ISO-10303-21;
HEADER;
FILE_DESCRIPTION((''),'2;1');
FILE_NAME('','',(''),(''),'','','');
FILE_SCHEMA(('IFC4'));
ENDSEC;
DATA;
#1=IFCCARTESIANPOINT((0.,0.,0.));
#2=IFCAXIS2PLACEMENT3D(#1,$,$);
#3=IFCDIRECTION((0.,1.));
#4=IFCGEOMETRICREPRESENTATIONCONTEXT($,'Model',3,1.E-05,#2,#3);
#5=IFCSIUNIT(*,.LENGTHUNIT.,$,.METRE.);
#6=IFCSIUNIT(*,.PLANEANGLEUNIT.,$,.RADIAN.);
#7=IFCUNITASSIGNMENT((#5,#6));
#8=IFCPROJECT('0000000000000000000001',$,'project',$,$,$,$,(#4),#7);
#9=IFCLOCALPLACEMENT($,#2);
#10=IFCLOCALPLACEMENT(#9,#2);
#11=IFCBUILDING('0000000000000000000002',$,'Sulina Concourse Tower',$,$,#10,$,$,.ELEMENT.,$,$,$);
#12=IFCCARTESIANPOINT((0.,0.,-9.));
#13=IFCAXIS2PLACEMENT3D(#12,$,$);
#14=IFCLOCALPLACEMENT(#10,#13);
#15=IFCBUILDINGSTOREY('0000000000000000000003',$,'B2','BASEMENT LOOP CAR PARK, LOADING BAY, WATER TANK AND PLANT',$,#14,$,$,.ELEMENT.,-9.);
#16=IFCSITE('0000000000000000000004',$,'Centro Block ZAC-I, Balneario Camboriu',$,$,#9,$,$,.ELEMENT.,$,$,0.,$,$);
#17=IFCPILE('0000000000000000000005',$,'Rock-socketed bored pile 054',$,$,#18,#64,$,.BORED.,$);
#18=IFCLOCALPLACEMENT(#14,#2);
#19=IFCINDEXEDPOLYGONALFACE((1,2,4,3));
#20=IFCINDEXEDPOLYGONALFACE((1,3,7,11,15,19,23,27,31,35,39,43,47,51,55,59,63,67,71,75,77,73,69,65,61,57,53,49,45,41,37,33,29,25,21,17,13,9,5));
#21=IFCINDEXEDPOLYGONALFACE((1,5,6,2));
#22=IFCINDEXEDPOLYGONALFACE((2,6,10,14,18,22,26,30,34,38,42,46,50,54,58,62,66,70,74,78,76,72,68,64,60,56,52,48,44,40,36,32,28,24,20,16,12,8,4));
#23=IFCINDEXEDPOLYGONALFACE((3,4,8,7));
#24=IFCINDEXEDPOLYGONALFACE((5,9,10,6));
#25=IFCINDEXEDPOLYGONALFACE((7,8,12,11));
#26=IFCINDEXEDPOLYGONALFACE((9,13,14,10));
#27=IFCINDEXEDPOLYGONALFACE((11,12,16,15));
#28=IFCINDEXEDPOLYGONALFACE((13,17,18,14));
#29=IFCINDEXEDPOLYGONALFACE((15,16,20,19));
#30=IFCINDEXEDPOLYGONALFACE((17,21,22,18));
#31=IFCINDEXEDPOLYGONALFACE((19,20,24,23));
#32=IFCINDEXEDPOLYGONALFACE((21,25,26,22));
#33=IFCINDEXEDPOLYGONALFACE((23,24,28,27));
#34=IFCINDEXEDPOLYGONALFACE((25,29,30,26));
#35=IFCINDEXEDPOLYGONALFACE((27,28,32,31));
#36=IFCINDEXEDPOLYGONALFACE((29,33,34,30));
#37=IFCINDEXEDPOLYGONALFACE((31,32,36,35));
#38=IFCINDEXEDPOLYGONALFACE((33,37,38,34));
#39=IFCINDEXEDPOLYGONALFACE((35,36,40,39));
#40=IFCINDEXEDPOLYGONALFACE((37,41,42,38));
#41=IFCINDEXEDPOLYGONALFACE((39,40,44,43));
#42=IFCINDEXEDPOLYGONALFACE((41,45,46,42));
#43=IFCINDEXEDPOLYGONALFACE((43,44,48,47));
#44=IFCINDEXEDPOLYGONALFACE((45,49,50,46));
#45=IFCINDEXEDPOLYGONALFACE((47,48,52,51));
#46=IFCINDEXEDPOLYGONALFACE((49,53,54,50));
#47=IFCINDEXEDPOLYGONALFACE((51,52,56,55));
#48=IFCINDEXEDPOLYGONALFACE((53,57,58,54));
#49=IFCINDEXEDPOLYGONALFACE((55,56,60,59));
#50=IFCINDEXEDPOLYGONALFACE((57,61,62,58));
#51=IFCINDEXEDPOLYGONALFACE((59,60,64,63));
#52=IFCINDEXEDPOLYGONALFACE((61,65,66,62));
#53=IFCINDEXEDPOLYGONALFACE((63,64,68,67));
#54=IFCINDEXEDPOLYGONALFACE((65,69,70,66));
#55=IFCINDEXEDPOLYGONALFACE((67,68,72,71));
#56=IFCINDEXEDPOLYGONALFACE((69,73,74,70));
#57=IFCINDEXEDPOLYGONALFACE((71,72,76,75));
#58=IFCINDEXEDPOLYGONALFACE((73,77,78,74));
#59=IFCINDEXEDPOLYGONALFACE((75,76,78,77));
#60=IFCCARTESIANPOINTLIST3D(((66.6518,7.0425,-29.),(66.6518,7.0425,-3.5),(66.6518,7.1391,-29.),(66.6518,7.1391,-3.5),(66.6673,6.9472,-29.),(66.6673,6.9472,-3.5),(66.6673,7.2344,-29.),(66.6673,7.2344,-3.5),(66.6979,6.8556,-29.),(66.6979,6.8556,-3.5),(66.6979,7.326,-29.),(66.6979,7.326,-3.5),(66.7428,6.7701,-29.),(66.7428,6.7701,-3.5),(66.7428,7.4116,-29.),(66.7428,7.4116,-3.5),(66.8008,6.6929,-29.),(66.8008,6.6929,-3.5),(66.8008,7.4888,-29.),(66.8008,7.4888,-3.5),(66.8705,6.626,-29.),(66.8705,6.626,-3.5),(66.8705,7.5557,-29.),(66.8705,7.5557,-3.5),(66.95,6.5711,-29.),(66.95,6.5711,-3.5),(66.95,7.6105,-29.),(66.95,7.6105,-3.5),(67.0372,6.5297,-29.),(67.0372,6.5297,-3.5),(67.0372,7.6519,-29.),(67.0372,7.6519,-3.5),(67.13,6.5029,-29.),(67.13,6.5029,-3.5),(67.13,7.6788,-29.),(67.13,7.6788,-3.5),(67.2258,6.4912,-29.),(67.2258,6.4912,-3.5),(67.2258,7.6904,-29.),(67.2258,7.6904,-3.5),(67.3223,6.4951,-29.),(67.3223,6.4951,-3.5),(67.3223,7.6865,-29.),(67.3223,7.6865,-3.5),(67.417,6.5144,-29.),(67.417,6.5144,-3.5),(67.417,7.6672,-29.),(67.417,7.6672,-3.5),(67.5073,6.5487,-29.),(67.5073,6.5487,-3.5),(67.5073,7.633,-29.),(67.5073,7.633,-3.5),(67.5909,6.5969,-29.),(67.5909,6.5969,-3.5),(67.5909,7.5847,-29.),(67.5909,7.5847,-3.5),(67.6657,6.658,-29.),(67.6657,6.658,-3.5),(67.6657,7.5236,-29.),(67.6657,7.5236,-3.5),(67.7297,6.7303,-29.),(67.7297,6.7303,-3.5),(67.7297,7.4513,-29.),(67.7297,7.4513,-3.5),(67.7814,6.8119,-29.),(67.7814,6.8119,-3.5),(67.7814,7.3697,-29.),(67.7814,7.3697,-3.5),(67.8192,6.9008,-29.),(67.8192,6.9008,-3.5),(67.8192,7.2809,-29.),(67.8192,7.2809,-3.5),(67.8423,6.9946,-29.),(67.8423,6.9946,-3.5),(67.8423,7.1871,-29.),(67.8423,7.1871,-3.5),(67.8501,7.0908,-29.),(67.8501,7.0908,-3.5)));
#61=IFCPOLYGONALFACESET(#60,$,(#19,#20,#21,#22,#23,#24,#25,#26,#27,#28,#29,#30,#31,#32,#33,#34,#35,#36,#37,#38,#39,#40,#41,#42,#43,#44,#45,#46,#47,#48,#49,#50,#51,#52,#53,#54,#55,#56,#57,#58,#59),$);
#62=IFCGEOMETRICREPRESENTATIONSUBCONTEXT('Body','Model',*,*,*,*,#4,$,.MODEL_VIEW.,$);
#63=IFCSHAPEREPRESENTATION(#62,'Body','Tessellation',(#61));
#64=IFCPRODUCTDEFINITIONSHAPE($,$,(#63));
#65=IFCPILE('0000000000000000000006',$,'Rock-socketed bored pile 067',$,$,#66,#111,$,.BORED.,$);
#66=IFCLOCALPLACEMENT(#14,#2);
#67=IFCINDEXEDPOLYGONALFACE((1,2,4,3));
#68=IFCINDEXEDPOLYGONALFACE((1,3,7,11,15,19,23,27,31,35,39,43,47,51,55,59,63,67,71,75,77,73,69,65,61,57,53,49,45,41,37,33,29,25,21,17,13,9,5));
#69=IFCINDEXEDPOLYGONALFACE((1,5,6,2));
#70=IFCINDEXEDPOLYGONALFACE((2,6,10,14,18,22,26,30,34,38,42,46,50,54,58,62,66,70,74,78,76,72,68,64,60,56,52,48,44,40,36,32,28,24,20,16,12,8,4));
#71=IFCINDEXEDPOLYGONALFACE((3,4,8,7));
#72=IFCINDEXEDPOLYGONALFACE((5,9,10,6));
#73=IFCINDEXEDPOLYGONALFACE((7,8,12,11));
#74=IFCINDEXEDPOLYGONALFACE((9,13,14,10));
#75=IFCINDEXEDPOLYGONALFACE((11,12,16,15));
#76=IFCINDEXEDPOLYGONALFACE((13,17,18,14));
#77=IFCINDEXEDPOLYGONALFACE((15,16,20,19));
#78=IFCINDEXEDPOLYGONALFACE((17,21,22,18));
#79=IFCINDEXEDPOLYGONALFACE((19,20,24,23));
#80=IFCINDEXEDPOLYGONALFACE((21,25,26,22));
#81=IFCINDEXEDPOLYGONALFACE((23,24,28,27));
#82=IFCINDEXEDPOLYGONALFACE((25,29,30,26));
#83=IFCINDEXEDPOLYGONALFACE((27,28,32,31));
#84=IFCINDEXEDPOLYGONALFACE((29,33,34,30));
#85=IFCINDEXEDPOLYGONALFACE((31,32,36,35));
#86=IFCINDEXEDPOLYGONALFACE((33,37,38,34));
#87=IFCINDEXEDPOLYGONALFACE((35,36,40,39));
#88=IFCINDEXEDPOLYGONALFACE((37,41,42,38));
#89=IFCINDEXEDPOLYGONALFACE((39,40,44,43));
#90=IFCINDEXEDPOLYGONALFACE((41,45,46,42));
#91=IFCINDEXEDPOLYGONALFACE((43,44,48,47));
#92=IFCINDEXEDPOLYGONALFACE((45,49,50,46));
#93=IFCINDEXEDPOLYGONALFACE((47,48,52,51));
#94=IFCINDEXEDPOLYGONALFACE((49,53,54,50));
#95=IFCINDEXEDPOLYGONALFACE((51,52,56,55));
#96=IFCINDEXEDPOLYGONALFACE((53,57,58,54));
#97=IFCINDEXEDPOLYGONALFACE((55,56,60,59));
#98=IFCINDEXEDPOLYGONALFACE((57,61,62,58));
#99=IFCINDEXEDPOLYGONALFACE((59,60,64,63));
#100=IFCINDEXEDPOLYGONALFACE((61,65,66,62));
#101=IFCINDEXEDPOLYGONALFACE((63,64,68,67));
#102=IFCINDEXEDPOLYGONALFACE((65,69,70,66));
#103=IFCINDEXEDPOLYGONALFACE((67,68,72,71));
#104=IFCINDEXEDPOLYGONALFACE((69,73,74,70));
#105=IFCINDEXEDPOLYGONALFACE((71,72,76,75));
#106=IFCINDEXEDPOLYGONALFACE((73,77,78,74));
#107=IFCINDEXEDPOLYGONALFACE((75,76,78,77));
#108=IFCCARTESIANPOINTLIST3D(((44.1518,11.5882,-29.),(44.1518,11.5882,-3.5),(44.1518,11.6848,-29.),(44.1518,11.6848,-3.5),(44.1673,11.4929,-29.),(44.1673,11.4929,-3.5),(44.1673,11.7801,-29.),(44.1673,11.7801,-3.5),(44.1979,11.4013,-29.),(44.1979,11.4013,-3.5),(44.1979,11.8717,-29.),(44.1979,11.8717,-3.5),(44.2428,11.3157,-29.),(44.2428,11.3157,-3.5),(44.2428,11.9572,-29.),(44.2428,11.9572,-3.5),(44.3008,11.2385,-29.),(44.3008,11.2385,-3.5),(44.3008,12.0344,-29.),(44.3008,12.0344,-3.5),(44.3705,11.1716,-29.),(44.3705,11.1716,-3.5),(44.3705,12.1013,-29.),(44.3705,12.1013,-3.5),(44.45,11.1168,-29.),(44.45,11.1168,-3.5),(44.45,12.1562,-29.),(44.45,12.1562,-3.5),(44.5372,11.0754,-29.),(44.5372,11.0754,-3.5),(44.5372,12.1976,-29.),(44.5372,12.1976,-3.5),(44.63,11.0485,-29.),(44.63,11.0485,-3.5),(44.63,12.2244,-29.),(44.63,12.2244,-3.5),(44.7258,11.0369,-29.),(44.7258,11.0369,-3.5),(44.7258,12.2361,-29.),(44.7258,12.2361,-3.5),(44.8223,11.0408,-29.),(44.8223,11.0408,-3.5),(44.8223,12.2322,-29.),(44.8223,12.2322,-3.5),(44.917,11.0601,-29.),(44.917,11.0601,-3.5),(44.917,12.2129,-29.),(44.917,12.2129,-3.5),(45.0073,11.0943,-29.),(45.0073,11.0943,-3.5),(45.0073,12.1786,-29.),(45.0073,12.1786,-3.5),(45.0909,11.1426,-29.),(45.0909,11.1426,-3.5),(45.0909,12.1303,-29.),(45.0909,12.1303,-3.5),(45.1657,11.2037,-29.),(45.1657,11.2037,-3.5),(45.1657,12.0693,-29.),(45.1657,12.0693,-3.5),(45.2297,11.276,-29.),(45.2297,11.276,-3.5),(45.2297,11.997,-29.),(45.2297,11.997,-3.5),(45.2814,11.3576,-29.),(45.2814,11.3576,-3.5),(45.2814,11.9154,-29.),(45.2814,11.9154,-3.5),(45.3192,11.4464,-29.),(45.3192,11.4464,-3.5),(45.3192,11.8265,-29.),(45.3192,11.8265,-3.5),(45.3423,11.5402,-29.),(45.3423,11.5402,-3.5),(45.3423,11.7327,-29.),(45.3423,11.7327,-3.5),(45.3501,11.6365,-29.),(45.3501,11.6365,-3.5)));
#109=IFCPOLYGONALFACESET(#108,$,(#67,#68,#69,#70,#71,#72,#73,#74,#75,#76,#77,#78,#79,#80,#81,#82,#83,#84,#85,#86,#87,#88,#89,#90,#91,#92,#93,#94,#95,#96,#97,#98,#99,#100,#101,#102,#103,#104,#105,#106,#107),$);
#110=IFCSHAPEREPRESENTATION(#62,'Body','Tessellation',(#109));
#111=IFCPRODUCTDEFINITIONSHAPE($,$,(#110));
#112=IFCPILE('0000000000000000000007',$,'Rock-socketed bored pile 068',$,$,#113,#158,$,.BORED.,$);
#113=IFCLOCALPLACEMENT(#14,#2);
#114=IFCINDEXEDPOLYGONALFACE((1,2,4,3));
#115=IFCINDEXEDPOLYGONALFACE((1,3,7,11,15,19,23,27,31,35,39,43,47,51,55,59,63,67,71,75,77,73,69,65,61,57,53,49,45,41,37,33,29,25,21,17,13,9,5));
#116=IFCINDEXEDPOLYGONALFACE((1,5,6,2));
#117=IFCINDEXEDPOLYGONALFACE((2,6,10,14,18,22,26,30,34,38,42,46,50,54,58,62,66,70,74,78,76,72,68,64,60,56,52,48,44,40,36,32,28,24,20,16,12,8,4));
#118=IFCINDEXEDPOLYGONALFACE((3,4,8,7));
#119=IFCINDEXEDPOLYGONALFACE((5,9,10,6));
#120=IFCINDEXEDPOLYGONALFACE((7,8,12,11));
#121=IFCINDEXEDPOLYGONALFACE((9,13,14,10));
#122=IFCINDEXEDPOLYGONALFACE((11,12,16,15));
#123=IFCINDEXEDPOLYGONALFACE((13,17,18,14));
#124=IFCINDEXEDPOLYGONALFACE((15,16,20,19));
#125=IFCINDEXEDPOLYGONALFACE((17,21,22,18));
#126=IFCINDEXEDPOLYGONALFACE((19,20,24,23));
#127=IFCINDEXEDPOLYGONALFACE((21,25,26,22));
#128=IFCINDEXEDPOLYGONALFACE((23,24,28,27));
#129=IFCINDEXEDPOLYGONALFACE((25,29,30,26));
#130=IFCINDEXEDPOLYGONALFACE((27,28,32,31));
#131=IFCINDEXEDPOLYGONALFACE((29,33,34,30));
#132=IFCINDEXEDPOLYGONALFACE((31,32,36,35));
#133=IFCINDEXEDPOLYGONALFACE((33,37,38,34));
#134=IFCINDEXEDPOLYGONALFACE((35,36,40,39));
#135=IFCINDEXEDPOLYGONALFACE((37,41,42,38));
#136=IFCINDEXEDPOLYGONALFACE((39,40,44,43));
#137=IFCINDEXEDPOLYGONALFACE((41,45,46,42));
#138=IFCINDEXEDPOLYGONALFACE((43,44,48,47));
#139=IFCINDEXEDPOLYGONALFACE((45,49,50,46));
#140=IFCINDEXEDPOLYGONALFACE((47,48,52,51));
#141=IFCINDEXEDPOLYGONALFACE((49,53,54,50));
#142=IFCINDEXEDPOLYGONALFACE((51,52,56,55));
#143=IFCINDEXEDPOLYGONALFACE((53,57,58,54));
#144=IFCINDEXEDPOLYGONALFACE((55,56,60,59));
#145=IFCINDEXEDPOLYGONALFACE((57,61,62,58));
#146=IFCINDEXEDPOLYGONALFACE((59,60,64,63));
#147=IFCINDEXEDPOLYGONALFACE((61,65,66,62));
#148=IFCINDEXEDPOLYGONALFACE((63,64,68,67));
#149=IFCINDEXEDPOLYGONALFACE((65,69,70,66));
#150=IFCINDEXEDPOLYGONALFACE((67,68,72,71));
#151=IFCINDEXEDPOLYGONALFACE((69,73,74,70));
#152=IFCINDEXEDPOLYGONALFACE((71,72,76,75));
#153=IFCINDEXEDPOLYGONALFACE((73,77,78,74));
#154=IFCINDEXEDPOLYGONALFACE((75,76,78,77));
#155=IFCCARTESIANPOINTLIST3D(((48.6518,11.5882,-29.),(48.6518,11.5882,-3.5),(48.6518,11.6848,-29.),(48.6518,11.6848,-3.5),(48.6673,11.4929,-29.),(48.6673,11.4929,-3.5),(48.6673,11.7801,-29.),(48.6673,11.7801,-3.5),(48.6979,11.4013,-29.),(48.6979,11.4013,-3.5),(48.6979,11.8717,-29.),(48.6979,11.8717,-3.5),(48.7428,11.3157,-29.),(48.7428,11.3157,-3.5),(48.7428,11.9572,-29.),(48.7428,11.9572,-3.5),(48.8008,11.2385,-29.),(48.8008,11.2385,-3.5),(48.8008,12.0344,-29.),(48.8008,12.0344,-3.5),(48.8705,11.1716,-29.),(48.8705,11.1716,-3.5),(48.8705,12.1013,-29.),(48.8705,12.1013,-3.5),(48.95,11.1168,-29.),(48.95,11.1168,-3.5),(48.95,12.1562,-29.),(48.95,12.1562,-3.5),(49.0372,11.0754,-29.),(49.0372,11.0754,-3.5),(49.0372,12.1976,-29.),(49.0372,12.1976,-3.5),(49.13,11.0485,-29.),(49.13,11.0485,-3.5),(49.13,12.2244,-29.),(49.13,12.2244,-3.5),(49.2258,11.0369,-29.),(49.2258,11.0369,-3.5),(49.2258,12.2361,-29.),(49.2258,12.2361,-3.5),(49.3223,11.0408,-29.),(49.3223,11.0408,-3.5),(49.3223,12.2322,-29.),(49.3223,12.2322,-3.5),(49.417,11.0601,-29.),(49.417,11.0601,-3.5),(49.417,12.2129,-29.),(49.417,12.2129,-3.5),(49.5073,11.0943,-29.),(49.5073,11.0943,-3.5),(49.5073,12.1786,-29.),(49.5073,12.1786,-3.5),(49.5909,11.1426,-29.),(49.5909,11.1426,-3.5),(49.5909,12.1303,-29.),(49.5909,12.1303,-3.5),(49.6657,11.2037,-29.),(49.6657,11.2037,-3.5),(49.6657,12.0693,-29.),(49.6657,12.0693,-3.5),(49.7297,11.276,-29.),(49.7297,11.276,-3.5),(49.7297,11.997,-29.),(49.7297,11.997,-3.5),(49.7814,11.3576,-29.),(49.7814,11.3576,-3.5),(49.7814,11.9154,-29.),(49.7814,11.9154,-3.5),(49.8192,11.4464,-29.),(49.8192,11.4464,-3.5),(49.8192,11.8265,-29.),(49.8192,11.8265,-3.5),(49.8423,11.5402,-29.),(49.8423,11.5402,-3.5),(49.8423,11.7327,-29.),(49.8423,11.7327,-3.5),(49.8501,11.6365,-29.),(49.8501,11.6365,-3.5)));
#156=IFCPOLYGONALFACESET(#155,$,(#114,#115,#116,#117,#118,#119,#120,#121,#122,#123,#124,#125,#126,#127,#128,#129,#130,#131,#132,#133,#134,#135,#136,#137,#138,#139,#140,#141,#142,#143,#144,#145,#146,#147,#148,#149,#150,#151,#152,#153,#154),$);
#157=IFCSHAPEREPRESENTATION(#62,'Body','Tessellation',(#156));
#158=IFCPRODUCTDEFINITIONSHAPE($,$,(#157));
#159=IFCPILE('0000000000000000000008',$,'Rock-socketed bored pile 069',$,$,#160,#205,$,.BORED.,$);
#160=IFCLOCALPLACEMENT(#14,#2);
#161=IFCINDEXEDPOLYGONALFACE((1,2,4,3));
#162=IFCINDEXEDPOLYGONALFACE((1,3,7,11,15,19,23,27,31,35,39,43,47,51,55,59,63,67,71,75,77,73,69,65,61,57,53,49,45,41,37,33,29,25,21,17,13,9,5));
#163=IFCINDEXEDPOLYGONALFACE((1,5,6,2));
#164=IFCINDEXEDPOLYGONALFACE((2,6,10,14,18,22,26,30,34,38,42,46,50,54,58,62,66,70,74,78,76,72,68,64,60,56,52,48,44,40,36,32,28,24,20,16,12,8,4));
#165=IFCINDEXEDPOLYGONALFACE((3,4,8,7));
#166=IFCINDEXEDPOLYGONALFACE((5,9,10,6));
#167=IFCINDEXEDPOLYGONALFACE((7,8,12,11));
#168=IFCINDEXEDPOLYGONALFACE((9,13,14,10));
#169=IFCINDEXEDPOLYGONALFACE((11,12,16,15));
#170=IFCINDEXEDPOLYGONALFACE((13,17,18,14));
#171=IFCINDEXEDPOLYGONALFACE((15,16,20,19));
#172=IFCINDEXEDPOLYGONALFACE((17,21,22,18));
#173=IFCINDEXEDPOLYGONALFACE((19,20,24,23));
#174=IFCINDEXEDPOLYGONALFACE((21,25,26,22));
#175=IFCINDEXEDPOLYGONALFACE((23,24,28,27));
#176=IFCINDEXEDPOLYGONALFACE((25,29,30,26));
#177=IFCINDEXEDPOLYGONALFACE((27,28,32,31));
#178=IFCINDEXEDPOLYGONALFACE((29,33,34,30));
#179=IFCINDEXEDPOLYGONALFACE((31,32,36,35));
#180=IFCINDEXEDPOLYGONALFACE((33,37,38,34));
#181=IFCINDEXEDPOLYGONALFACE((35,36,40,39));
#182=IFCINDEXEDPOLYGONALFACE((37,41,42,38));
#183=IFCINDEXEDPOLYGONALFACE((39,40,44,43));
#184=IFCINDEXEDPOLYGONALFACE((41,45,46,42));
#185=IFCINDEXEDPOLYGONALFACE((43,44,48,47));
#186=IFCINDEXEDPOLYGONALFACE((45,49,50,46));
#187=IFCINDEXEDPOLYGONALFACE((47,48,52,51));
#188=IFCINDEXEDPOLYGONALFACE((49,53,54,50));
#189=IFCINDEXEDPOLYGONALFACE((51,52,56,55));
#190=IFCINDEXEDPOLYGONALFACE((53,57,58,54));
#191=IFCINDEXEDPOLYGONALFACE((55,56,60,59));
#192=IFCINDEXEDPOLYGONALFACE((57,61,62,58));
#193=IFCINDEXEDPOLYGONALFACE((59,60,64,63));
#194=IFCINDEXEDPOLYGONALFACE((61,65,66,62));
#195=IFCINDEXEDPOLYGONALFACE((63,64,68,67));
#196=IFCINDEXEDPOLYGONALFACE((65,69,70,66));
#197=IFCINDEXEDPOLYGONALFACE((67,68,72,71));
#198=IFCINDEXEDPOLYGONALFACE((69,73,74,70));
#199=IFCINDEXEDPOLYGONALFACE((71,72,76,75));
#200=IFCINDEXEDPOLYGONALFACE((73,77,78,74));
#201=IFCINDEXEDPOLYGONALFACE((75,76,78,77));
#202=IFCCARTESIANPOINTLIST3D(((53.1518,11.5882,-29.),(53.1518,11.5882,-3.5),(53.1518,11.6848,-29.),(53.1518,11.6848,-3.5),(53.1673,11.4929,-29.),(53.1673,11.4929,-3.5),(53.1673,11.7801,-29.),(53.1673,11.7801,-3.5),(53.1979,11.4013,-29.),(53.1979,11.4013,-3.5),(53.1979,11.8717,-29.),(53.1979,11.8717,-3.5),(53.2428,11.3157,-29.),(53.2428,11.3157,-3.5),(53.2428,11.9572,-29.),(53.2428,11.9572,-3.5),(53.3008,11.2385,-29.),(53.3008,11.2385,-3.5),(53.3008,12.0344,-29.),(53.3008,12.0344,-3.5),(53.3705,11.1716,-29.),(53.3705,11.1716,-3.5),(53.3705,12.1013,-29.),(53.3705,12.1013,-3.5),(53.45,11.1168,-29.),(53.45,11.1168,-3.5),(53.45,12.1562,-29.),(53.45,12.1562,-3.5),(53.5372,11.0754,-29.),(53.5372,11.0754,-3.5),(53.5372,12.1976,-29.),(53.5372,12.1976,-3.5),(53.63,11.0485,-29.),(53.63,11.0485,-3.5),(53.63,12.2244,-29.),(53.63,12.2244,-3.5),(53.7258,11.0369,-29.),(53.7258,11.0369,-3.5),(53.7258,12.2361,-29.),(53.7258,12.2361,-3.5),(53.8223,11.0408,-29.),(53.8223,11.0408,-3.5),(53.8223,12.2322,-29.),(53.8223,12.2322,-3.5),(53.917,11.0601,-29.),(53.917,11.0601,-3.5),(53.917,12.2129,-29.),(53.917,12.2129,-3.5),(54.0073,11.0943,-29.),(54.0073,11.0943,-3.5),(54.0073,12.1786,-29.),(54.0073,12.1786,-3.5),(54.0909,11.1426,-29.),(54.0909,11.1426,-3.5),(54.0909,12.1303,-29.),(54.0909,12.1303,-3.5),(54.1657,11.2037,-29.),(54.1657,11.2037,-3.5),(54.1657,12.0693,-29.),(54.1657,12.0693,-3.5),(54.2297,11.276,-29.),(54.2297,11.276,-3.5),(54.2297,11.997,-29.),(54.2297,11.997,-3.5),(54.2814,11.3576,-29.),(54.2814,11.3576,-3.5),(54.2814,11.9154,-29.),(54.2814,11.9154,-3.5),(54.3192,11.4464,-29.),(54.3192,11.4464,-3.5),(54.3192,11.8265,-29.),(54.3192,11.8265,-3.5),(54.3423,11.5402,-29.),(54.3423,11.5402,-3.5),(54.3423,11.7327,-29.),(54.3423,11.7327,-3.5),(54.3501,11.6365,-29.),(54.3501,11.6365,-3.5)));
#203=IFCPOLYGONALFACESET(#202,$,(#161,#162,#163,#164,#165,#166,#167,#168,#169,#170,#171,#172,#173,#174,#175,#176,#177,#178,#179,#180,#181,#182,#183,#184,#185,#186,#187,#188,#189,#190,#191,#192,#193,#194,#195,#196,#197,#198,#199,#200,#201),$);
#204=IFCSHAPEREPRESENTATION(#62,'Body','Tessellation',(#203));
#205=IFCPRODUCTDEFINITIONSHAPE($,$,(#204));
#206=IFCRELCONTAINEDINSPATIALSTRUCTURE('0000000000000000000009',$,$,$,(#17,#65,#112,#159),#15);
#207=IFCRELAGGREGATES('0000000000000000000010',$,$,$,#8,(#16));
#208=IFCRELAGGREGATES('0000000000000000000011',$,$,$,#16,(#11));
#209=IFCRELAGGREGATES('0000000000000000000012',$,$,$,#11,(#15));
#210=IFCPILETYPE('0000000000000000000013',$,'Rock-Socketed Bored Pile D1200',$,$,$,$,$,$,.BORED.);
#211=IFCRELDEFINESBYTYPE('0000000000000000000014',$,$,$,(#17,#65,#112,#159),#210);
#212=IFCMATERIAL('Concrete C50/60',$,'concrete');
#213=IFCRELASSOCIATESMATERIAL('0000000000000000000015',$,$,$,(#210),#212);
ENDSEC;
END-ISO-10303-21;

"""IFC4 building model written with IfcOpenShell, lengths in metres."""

from ifc_helpers import new_model, si_unit, direction, frame, origin, origin_2d, place, context, subcontext, project, spatial, circle, extrude, material, material_profile, profile_set, type_object, element, save


model = new_model("IFC4")

# Units and contexts
model_context = context("Model", 3, precision=1e-05, world=origin(), true_north=direction((0.0, 1.0)))
body_context = subcontext(model_context, "Body", "Model", "MODEL_VIEW")
ifc_project = project(units=[si_unit("LENGTHUNIT", "METRE"), si_unit("PLANEANGLEUNIT", "RADIAN")], contexts=[model_context])

# Site, building, storey
site_placement = place(None, origin())
site = spatial("IfcSite", under=ifc_project, at=site_placement, Name="Centro Block ZAC-I, Balneario Camboriu", CompositionType="ELEMENT", RefElevation=0.0)
building_placement = place(site_placement, origin())
building = spatial("IfcBuilding", under=site, at=building_placement, Name="Sulina Concourse Tower", CompositionType="ELEMENT")
storey_placement = place(building_placement, frame((0.0, 0.0, -9.0)))
storey = spatial("IfcBuildingStorey", under=building, at=storey_placement, Name="B2", Description="BASEMENT LOOP CAR PARK, LOADING BAY, WATER TANK AND PLANT", CompositionType="ELEMENT", Elevation=-9.0)

# Piles
ifc_material_1 = material(Name="Concrete C50/60", Category="concrete")
ifc_material_profile_1 = material_profile(ifc_material_1, circle(Radius=0.6001, at=origin_2d()), Name="PILE D1200")
ifc_profile_set_1 = profile_set([ifc_material_profile_1], Name="Concrete C50/60")
pile_type_1 = type_object("IfcPileType", Name="Rock-Socketed Bored Pile D1200", PredefinedType="BORED", material=ifc_profile_set_1)
for number, where, z_axis, x_axis, name in (
    (1, (67.25, 7.0908, -3.5), (0.0, 0.0, -1.0), (1.0, 0.0, 0.0), "Rock-socketed bored pile 054"),
    (2, (44.75, 11.6365, -3.5), (0.0, 0.0, -1.0), (1.0, 0.0, 0.0), "Rock-socketed bored pile 067"),
    (3, (49.25, 11.6365, -3.5), (0.0, 0.0, -1.0), (1.0, 0.0, 0.0), "Rock-socketed bored pile 068"),
    (4, (53.75, 11.6365, -3.5), (0.0, 0.0, -1.0), (1.0, 0.0, 0.0), "Rock-socketed bored pile 069"),
):
    element("IfcPile", number, at=place(storey_placement, frame(where, z_axis=z_axis, x_axis=x_axis)), inside=storey, type_object=pile_type_1, Name=name, PredefinedType="BORED", context=body_context, shape_type="SweptSolid", body=[
        extrude(circle(Radius=0.6001, at=origin_2d()), origin(), (0.0, 0.0, 1.0), 25.5),
    ])

save(model, "model.ifc")
